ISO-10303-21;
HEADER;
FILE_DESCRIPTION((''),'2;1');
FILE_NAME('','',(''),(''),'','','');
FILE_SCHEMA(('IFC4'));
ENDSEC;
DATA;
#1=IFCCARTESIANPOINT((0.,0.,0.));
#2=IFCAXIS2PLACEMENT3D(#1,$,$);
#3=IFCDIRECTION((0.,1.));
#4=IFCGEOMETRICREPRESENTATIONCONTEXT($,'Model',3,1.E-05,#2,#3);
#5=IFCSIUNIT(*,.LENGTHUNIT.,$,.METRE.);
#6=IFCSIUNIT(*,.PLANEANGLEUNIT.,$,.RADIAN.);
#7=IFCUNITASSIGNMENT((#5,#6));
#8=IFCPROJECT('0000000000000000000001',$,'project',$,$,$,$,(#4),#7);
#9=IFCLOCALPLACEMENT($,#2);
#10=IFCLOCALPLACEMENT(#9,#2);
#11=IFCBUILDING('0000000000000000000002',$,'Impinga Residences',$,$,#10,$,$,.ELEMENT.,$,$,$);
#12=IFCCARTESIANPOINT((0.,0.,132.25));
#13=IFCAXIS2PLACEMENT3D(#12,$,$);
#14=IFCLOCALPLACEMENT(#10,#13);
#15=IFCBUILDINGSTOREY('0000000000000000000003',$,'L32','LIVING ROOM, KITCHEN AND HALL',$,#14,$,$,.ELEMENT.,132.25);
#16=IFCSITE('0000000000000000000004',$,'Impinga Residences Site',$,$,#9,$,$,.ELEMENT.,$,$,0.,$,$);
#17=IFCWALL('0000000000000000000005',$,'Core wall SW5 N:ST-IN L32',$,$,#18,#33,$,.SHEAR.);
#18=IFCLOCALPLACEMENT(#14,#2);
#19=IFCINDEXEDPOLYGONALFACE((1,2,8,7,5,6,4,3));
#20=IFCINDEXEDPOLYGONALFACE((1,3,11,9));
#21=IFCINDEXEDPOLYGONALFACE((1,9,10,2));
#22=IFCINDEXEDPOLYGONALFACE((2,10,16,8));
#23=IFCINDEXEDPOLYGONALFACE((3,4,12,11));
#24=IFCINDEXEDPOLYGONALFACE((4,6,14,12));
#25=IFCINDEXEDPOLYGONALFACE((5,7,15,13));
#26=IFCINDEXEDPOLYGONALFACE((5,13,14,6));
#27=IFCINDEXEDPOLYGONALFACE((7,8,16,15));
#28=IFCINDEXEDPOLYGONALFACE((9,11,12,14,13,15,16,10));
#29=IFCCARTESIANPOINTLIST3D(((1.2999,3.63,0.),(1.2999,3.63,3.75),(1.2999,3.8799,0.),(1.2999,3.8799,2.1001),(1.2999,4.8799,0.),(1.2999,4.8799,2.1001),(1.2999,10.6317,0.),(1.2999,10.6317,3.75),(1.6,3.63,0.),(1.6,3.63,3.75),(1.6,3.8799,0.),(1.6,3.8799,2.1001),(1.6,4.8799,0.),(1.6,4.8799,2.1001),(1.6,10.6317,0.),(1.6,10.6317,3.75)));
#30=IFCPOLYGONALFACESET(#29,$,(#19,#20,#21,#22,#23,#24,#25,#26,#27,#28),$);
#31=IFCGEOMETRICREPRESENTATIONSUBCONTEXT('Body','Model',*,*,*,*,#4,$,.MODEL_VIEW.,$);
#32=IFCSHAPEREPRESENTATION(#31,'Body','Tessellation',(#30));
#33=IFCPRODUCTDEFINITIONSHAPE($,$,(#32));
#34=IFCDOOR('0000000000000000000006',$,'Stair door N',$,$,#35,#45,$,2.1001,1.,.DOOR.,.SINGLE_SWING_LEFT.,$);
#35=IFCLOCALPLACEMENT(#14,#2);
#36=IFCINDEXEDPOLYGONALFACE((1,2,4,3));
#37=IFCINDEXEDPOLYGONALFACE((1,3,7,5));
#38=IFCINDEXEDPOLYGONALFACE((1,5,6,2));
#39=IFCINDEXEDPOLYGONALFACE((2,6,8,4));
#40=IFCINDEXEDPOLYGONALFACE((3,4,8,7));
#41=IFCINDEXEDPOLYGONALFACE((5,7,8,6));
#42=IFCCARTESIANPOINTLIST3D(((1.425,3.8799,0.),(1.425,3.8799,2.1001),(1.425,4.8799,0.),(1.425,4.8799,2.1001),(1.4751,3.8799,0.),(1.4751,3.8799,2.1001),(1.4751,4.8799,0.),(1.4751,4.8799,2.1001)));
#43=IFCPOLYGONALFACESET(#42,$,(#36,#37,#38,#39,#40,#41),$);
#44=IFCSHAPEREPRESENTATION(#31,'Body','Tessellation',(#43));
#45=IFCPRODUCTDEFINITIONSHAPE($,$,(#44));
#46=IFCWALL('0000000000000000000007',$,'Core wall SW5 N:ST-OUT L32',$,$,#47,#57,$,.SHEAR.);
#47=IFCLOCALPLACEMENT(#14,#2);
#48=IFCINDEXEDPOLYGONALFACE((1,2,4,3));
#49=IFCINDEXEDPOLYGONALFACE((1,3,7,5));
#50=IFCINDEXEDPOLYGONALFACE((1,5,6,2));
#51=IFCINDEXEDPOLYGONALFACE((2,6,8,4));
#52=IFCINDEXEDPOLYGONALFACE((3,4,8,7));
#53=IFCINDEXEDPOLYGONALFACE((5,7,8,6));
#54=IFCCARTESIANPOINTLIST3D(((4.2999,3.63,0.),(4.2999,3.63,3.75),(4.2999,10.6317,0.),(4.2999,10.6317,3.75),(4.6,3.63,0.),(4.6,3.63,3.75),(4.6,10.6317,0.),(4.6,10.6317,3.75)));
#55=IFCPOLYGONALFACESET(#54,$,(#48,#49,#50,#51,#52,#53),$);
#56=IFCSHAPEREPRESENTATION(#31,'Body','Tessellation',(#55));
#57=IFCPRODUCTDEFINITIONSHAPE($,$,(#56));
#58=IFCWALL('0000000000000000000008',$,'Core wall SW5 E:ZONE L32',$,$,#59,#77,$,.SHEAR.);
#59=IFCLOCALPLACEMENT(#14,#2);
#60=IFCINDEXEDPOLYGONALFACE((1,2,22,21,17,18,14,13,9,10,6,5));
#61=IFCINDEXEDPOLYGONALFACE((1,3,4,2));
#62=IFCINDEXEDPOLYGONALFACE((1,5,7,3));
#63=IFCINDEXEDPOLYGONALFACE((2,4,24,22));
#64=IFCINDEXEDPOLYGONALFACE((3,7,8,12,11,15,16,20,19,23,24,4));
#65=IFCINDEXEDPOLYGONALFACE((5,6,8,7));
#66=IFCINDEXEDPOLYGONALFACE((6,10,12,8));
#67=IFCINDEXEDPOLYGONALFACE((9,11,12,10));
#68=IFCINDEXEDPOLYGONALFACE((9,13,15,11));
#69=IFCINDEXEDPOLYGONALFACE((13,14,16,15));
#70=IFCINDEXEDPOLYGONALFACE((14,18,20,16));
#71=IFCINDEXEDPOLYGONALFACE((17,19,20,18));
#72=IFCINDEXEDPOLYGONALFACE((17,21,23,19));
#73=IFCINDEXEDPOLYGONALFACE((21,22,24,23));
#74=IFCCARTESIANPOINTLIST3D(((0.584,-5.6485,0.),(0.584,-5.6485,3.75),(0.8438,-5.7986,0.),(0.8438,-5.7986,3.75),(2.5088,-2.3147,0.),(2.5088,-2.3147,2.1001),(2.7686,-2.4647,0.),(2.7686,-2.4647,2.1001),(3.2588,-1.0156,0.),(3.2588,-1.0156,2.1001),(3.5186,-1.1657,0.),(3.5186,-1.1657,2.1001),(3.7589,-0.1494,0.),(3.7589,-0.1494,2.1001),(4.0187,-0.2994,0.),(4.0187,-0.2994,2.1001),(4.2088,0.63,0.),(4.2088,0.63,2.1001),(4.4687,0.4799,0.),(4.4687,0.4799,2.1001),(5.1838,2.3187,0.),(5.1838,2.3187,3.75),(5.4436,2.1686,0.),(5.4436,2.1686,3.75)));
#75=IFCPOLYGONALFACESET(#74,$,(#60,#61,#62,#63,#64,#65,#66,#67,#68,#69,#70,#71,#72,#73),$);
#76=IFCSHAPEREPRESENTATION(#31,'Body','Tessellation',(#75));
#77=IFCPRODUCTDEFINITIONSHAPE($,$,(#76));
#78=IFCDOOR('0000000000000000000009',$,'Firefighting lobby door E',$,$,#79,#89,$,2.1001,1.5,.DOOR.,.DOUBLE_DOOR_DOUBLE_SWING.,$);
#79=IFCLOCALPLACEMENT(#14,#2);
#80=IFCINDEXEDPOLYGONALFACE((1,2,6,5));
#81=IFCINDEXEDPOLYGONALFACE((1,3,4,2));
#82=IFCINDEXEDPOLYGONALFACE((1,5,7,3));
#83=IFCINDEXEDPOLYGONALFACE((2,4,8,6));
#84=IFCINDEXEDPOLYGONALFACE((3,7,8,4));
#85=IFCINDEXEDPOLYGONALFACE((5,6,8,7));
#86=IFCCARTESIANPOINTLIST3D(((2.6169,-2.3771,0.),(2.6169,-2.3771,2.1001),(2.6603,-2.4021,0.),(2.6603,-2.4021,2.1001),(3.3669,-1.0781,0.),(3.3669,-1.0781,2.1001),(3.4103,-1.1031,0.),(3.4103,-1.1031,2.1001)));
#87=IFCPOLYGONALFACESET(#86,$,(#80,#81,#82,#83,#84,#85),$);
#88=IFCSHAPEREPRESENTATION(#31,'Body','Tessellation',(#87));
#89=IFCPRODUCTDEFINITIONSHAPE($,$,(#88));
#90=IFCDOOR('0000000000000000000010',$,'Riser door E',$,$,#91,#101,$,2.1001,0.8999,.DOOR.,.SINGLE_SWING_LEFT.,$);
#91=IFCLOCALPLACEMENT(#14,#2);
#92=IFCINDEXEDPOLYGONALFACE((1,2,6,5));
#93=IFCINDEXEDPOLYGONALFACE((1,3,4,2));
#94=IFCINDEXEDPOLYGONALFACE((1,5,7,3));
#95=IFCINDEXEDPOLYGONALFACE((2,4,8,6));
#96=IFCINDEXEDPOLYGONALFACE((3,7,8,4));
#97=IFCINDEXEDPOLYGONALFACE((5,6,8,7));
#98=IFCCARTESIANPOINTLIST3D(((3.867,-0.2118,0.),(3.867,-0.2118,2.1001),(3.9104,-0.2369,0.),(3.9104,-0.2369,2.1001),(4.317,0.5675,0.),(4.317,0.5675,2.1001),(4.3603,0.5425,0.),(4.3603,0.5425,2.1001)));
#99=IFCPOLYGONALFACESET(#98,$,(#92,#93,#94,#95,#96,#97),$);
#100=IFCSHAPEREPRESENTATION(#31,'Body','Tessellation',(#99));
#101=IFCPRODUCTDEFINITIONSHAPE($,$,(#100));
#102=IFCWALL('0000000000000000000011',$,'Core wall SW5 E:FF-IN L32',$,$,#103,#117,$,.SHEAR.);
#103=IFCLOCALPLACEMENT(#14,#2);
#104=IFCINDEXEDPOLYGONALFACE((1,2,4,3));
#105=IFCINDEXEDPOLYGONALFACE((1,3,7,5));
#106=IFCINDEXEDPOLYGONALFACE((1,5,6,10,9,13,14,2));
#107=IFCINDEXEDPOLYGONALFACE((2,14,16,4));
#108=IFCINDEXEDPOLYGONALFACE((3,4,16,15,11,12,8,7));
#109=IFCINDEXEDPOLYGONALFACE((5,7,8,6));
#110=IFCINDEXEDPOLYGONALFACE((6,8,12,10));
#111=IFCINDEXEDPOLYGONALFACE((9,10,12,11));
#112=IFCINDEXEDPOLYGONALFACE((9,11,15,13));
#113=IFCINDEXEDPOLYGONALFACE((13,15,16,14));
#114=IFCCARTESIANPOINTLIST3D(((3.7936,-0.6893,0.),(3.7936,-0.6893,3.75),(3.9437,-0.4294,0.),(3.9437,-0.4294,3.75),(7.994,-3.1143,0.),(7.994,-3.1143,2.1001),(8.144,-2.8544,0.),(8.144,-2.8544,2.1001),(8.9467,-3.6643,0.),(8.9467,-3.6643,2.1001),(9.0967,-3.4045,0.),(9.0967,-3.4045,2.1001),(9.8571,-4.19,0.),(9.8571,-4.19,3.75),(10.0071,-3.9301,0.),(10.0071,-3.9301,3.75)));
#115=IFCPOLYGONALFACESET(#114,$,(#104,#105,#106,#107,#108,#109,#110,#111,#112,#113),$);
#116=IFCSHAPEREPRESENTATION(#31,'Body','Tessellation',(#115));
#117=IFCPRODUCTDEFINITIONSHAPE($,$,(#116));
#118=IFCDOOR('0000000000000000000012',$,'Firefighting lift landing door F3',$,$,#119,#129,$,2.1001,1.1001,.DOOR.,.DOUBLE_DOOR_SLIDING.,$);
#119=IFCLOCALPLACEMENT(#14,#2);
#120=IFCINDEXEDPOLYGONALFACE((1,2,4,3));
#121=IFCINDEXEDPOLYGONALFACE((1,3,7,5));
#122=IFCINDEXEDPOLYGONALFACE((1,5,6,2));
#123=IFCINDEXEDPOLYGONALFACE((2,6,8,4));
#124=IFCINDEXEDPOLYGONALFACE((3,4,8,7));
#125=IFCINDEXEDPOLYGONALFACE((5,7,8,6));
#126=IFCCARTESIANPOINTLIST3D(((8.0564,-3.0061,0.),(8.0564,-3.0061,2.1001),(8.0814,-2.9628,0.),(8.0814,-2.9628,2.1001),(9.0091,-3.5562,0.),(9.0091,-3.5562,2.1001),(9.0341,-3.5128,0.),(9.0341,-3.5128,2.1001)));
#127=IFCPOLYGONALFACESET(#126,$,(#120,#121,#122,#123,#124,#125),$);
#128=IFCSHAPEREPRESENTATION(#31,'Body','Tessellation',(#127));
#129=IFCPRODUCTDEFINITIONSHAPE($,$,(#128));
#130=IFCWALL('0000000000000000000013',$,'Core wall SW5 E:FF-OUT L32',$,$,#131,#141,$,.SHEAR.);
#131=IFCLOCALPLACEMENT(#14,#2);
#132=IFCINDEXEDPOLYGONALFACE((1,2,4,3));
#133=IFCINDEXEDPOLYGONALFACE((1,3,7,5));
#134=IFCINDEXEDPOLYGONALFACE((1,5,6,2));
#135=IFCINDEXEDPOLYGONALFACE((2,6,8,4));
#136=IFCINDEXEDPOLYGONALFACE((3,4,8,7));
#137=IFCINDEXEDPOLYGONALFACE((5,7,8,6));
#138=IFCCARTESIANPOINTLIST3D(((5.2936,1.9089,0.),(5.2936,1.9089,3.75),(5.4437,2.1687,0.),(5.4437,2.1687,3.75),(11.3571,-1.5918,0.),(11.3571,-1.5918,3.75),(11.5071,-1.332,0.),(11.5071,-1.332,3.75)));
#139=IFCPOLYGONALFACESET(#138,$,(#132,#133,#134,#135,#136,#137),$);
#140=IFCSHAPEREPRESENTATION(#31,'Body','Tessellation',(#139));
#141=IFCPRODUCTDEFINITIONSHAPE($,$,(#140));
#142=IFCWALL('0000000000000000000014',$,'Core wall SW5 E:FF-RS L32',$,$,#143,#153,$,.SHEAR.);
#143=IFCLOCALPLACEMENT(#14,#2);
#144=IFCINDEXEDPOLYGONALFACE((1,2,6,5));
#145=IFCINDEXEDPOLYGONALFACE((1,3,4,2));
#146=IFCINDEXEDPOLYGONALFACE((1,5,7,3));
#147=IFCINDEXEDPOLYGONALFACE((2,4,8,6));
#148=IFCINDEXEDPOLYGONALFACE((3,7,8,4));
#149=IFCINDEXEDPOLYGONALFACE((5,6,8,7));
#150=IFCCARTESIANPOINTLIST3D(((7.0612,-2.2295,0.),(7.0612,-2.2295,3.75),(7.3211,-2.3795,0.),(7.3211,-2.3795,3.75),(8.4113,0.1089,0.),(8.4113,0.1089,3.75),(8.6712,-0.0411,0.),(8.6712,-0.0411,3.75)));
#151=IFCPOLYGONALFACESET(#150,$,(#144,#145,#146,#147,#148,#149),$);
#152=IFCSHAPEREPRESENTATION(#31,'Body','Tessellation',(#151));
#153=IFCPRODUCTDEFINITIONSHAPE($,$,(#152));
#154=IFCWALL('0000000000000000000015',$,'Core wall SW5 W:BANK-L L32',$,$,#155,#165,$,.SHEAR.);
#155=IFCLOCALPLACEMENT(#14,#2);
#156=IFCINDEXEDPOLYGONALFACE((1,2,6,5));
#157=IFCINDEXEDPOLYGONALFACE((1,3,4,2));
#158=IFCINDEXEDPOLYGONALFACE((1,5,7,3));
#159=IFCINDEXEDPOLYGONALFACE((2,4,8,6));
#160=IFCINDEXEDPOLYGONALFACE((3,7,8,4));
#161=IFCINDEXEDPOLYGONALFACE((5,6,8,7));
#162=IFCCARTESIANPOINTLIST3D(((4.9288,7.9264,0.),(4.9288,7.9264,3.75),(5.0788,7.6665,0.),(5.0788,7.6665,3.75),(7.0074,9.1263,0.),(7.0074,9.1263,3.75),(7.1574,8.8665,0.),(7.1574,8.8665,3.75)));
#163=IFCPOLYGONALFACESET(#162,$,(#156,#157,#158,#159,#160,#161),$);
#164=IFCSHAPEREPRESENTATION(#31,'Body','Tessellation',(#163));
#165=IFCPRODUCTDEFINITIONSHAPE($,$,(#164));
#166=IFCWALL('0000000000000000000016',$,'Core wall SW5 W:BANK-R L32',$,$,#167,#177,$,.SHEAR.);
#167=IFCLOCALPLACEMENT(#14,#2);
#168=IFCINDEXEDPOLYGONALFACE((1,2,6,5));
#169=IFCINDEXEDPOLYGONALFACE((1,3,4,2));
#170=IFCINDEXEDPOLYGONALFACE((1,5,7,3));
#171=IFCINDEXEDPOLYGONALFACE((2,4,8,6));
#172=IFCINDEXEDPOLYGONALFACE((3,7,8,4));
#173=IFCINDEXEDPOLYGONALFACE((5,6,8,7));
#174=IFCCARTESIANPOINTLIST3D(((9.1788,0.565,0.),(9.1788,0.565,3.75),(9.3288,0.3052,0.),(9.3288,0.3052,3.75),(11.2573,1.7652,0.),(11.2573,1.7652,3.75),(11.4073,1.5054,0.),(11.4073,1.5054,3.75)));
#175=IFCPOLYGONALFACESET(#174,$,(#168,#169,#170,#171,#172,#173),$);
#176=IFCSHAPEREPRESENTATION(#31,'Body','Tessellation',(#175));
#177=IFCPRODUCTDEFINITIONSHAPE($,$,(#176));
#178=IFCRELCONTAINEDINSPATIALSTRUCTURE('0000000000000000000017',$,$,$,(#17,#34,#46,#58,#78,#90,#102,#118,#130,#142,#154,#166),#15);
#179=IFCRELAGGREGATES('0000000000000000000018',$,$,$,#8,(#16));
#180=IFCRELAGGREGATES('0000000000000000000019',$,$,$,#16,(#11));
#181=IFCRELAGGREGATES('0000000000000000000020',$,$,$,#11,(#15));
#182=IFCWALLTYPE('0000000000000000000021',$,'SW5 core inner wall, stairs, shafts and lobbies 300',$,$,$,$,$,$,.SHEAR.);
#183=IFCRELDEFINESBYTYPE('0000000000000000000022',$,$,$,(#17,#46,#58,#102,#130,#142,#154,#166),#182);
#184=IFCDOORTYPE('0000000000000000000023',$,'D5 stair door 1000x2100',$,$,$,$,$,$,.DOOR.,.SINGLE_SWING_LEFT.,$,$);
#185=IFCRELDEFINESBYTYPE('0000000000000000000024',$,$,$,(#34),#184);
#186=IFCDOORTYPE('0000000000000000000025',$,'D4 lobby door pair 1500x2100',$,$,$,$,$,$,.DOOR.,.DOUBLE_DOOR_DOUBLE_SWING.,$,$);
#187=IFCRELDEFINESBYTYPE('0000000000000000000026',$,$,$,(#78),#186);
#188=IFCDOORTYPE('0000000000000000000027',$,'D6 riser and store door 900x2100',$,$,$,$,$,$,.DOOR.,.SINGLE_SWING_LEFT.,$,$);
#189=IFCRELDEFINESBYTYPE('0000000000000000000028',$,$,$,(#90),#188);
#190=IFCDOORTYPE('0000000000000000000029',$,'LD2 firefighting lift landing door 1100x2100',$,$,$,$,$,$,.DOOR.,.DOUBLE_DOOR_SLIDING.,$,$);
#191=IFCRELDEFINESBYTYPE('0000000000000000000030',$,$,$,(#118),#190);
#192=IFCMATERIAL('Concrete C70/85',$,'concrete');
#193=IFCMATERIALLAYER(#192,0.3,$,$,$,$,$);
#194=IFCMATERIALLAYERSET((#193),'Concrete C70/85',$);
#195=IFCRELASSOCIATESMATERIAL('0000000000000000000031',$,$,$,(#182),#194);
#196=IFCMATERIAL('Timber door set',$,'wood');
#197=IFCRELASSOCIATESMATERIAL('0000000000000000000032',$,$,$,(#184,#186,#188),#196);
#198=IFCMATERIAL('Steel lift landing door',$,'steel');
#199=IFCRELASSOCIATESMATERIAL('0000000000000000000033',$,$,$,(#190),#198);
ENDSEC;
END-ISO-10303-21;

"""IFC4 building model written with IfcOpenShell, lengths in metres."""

from ifc_helpers import new_model, si_unit, direction, frame, frame_2d, origin, place, context, subcontext, project, spatial, rectangle, extrude, material, layer, layer_set, type_object, element, fill, save


model = new_model("IFC4")

# Units and contexts
model_context = context("Model", 3, precision=1e-05, world=origin(), true_north=direction((0.0, 1.0)))
body_context = subcontext(model_context, "Body", "Model", "MODEL_VIEW")
ifc_project = project(units=[si_unit("LENGTHUNIT", "METRE"), si_unit("PLANEANGLEUNIT", "RADIAN")], contexts=[model_context])

# Site, building, storey
site_placement = place(None, origin())
site = spatial("IfcSite", under=ifc_project, at=site_placement, Name="Impinga Residences Site", CompositionType="ELEMENT", RefElevation=0.0)
building_placement = place(site_placement, origin())
building = spatial("IfcBuilding", under=site, at=building_placement, Name="Impinga Residences", CompositionType="ELEMENT")
storey_placement = place(building_placement, frame((0.0, 0.0, 132.25)))
storey = spatial("IfcBuildingStorey", under=building, at=storey_placement, Name="L32", Description="LIVING ROOM, KITCHEN AND HALL", CompositionType="ELEMENT", Elevation=132.25)

# Wall, opening, door
ifc_material_1 = material(Name="Concrete C70/85", Category="concrete")
ifc_layer_1 = layer(ifc_material_1, 0.3)
ifc_layer_set_1 = layer_set([ifc_layer_1], Name="Concrete C70/85")
wall_type_1 = type_object("IfcWallType", Name="SW5 core inner wall, stairs, shafts and lobbies 300", PredefinedType="SHEAR", material=ifc_layer_set_1)
wall_1_placement = place(storey_placement, frame((1.45, 3.6299, 0.0), z_axis=(0.0, 0.0, 1.0), x_axis=(0.0, 1.0, 0.0)))
wall_1 = element("IfcWall", 1, at=wall_1_placement, inside=storey, type_object=wall_type_1, Name="Core wall SW5 N:ST-IN L32", PredefinedType="SHEAR", context=body_context, shape_type="SweptSolid", body=[
    extrude(rectangle(XDim=7.0017, YDim=0.3, at=frame_2d((3.501, 0.0))), origin(), (0.0, 0.0, 1.0), 3.75),
])
opening_1_placement = place(wall_1_placement, frame((0.25, 0.0, 0.0)))
opening_1 = element("IfcOpeningElement", 2, at=opening_1_placement, cuts=wall_1, PredefinedType="OPENING", context=body_context, shape_type="SweptSolid", body=[
    extrude(rectangle(XDim=1.0, YDim=2.1001, at=frame_2d((0.5, 1.05))), frame((0.0, 0.1599, 0.0), z_axis=(0.0, -1.0, 0.0), x_axis=(1.0, 0.0, 0.0)), (0.0, 0.0, 1.0), 0.3201),
])
ifc_material_2 = material(Name="Timber door set", Category="wood")
door_type_1 = type_object("IfcDoorType", Name="D5 stair door 1000x2100", OperationType="SINGLE_SWING_LEFT", PredefinedType="DOOR", material=ifc_material_2)
door_1_placement = place(opening_1_placement, origin())
door_1 = element("IfcDoor", 3, at=door_1_placement, inside=storey, type_object=door_type_1, Name="Stair door N", OperationType="SINGLE_SWING_LEFT", OverallHeight=2.1001, OverallWidth=1.0, PredefinedType="DOOR", context=body_context, shape_type="SweptSolid", body=[
    extrude(rectangle(XDim=1.0, YDim=2.1001, at=frame_2d((0.5, 1.05))), frame((0.0, 0.0249, 0.0), z_axis=(0.0, -1.0, 0.0), x_axis=(1.0, 0.0, 0.0)), (0.0, 0.0, 1.0), 0.05),
])
fill(opening_1, door_1)

# Wall
wall_2_placement = place(storey_placement, frame((4.45, 3.6299, 0.0), z_axis=(0.0, 0.0, 1.0), x_axis=(0.0, 1.0, 0.0)))
element("IfcWall", 4, at=wall_2_placement, inside=storey, type_object=wall_type_1, Name="Core wall SW5 N:ST-OUT L32", PredefinedType="SHEAR", context=body_context, shape_type="SweptSolid", body=[
    extrude(rectangle(XDim=7.0017, YDim=0.3, at=frame_2d((3.501, 0.0))), origin(), (0.0, 0.0, 1.0), 3.75),
])

# Wall, openings, doors
wall_3_placement = place(storey_placement, frame((5.3137, 2.2437, 0.0), z_axis=(0.0, 0.0, 1.0), x_axis=(-0.499995, -0.866028, 0.0)))
wall_3 = element("IfcWall", 5, at=wall_3_placement, inside=storey, type_object=wall_type_1, Name="Core wall SW5 E:ZONE L32", PredefinedType="SHEAR", context=body_context, shape_type="SweptSolid", body=[
    extrude(rectangle(XDim=9.1997, YDim=0.3, at=frame_2d((4.5999, 0.0))), origin(), (0.0, 0.0, 1.0), 3.75),
])
opening_2_placement = place(wall_3_placement, frame((3.8501, 0.0, 0.0)))
opening_2 = element("IfcOpeningElement", 6, at=opening_2_placement, cuts=wall_3, PredefinedType="OPENING", context=body_context, shape_type="SweptSolid", body=[
    extrude(rectangle(XDim=1.5, YDim=2.1001, at=frame_2d((0.75, 1.05))), frame((0.0, 0.1599, 0.0), z_axis=(0.0, -1.0, 0.0), x_axis=(1.0, 0.0, 0.0)), (0.0, 0.0, 1.0), 0.3201),
])
opening_3_placement = place(wall_3_placement, frame((1.95, 0.0, 0.0)))
opening_3 = element("IfcOpeningElement", 7, at=opening_3_placement, cuts=wall_3, PredefinedType="OPENING", context=body_context, shape_type="SweptSolid", body=[
    extrude(rectangle(XDim=0.8999, YDim=2.1001, at=frame_2d((0.45, 1.05))), frame((0.0, 0.1599, 0.0), z_axis=(0.0, -1.0, 0.0), x_axis=(1.0, 0.0, 0.0)), (0.0, 0.0, 1.0), 0.3201),
])
door_type_2 = type_object("IfcDoorType", Name="D4 lobby door pair 1500x2100", OperationType="DOUBLE_DOOR_DOUBLE_SWING", PredefinedType="DOOR", material=ifc_material_2)
door_2_placement = place(opening_2_placement, origin())
door_2 = element("IfcDoor", 8, at=door_2_placement, inside=storey, type_object=door_type_2, Name="Firefighting lobby door E", OperationType="DOUBLE_DOOR_DOUBLE_SWING", OverallHeight=2.1001, OverallWidth=1.5, PredefinedType="DOOR", context=body_context, shape_type="SweptSolid", body=[
    extrude(rectangle(XDim=1.5, YDim=2.1001, at=frame_2d((0.75, 1.05))), frame((0.0, 0.0249, 0.0), z_axis=(0.0, -1.0, 0.0), x_axis=(1.0, 0.0, 0.0)), (0.0, 0.0, 1.0), 0.05),
])
fill(opening_2, door_2)
door_type_3 = type_object("IfcDoorType", Name="D6 riser and store door 900x2100", OperationType="SINGLE_SWING_LEFT", PredefinedType="DOOR", material=ifc_material_2)
door_3_placement = place(opening_3_placement, origin())
door_3 = element("IfcDoor", 9, at=door_3_placement, inside=storey, type_object=door_type_3, Name="Riser door E", OperationType="SINGLE_SWING_LEFT", OverallHeight=2.1001, OverallWidth=0.8999, PredefinedType="DOOR", context=body_context, shape_type="SweptSolid", body=[
    extrude(rectangle(XDim=0.8999, YDim=2.1001, at=frame_2d((0.45, 1.05))), frame((0.0, 0.0249, 0.0), z_axis=(0.0, -1.0, 0.0), x_axis=(1.0, 0.0, 0.0)), (0.0, 0.0, 1.0), 0.05),
])
fill(opening_3, door_3)

# Wall, opening, door
wall_4_placement = place(storey_placement, frame((3.8687, -0.5593, 0.0), z_axis=(0.0, 0.0, 1.0), x_axis=(0.866026, -0.499998, 0.0)))
wall_4 = element("IfcWall", 10, at=wall_4_placement, inside=storey, type_object=wall_type_1, Name="Core wall SW5 E:FF-IN L32", PredefinedType="SHEAR", context=body_context, shape_type="SweptSolid", body=[
    extrude(rectangle(XDim=7.0015, YDim=0.3, at=frame_2d((3.5007, 0.0))), origin(), (0.0, 0.0, 1.0), 3.75),
])
opening_4_placement = place(wall_4_placement, frame((4.8501, 0.0, 0.0)))
opening_4 = element("IfcOpeningElement", 11, at=opening_4_placement, cuts=wall_4, PredefinedType="OPENING", context=body_context, shape_type="SweptSolid", body=[
    extrude(rectangle(XDim=1.1001, YDim=2.1001, at=frame_2d((0.55, 1.05))), frame((0.0, 0.1599, 0.0), z_axis=(0.0, -1.0, 0.0), x_axis=(1.0, 0.0, 0.0)), (0.0, 0.0, 1.0), 0.3201),
])
ifc_material_3 = material(Name="Steel lift landing door", Category="steel")
door_type_4 = type_object("IfcDoorType", Name="LD2 firefighting lift landing door 1100x2100", OperationType="DOUBLE_DOOR_SLIDING", PredefinedType="DOOR", material=ifc_material_3)
door_4_placement = place(opening_4_placement, origin())
door_4 = element("IfcDoor", 12, at=door_4_placement, inside=storey, type_object=door_type_4, Name="Firefighting lift landing door F3", OperationType="DOUBLE_DOOR_SLIDING", OverallHeight=2.1001, OverallWidth=1.1001, PredefinedType="DOOR", context=body_context, shape_type="SweptSolid", body=[
    extrude(rectangle(XDim=1.1001, YDim=2.1001, at=frame_2d((0.55, 1.05))), frame((0.0, 0.0249, 0.0), z_axis=(0.0, -1.0, 0.0), x_axis=(1.0, 0.0, 0.0)), (0.0, 0.0, 1.0), 0.05),
])
fill(opening_4, door_4)

# Walls
wall_5_placement = place(storey_placement, frame((5.3687, 2.0388, 0.0), z_axis=(0.0, 0.0, 1.0), x_axis=(0.866026, -0.499998, 0.0)))
element("IfcWall", 13, at=wall_5_placement, inside=storey, type_object=wall_type_1, Name="Core wall SW5 E:FF-OUT L32", PredefinedType="SHEAR", context=body_context, shape_type="SweptSolid", body=[
    extrude(rectangle(XDim=7.0015, YDim=0.3, at=frame_2d((3.5007, 0.0))), origin(), (0.0, 0.0, 1.0), 3.75),
])
wall_6_placement = place(storey_placement, frame((8.5413, 0.0339, 0.0), z_axis=(0.0, 0.0, 1.0), x_axis=(-0.500009, -0.86602, 0.0)))
element("IfcWall", 14, at=wall_6_placement, inside=storey, type_object=wall_type_1, Name="Core wall SW5 E:FF-RS L32", PredefinedType="SHEAR", context=body_context, shape_type="SweptSolid", body=[
    extrude(rectangle(XDim=2.7002, YDim=0.3, at=frame_2d((1.3501, 0.0))), origin(), (0.0, 0.0, 1.0), 3.75),
])
for number, where, z_axis, x_axis, name in (
    (15, (5.0037, 7.7964, 0.0), (0.0, 0.0, 1.0), (0.86605, 0.499957, 0.0), "Core wall SW5 W:BANK-L L32"),
    (16, (9.2537, 0.4351, 0.0), (0.0, 0.0, 1.0), (0.866006, 0.500034, 0.0), "Core wall SW5 W:BANK-R L32"),
):
    element("IfcWall", number, at=place(storey_placement, frame(where, z_axis=z_axis, x_axis=x_axis)), inside=storey, type_object=wall_type_1, Name=name, PredefinedType="SHEAR", context=body_context, shape_type="SweptSolid", body=[
        extrude(rectangle(XDim=2.4001, YDim=0.3, at=frame_2d((1.2002, 0.0))), origin(), (0.0, 0.0, 1.0), 3.75),
    ])

save(model, "model.ifc")
